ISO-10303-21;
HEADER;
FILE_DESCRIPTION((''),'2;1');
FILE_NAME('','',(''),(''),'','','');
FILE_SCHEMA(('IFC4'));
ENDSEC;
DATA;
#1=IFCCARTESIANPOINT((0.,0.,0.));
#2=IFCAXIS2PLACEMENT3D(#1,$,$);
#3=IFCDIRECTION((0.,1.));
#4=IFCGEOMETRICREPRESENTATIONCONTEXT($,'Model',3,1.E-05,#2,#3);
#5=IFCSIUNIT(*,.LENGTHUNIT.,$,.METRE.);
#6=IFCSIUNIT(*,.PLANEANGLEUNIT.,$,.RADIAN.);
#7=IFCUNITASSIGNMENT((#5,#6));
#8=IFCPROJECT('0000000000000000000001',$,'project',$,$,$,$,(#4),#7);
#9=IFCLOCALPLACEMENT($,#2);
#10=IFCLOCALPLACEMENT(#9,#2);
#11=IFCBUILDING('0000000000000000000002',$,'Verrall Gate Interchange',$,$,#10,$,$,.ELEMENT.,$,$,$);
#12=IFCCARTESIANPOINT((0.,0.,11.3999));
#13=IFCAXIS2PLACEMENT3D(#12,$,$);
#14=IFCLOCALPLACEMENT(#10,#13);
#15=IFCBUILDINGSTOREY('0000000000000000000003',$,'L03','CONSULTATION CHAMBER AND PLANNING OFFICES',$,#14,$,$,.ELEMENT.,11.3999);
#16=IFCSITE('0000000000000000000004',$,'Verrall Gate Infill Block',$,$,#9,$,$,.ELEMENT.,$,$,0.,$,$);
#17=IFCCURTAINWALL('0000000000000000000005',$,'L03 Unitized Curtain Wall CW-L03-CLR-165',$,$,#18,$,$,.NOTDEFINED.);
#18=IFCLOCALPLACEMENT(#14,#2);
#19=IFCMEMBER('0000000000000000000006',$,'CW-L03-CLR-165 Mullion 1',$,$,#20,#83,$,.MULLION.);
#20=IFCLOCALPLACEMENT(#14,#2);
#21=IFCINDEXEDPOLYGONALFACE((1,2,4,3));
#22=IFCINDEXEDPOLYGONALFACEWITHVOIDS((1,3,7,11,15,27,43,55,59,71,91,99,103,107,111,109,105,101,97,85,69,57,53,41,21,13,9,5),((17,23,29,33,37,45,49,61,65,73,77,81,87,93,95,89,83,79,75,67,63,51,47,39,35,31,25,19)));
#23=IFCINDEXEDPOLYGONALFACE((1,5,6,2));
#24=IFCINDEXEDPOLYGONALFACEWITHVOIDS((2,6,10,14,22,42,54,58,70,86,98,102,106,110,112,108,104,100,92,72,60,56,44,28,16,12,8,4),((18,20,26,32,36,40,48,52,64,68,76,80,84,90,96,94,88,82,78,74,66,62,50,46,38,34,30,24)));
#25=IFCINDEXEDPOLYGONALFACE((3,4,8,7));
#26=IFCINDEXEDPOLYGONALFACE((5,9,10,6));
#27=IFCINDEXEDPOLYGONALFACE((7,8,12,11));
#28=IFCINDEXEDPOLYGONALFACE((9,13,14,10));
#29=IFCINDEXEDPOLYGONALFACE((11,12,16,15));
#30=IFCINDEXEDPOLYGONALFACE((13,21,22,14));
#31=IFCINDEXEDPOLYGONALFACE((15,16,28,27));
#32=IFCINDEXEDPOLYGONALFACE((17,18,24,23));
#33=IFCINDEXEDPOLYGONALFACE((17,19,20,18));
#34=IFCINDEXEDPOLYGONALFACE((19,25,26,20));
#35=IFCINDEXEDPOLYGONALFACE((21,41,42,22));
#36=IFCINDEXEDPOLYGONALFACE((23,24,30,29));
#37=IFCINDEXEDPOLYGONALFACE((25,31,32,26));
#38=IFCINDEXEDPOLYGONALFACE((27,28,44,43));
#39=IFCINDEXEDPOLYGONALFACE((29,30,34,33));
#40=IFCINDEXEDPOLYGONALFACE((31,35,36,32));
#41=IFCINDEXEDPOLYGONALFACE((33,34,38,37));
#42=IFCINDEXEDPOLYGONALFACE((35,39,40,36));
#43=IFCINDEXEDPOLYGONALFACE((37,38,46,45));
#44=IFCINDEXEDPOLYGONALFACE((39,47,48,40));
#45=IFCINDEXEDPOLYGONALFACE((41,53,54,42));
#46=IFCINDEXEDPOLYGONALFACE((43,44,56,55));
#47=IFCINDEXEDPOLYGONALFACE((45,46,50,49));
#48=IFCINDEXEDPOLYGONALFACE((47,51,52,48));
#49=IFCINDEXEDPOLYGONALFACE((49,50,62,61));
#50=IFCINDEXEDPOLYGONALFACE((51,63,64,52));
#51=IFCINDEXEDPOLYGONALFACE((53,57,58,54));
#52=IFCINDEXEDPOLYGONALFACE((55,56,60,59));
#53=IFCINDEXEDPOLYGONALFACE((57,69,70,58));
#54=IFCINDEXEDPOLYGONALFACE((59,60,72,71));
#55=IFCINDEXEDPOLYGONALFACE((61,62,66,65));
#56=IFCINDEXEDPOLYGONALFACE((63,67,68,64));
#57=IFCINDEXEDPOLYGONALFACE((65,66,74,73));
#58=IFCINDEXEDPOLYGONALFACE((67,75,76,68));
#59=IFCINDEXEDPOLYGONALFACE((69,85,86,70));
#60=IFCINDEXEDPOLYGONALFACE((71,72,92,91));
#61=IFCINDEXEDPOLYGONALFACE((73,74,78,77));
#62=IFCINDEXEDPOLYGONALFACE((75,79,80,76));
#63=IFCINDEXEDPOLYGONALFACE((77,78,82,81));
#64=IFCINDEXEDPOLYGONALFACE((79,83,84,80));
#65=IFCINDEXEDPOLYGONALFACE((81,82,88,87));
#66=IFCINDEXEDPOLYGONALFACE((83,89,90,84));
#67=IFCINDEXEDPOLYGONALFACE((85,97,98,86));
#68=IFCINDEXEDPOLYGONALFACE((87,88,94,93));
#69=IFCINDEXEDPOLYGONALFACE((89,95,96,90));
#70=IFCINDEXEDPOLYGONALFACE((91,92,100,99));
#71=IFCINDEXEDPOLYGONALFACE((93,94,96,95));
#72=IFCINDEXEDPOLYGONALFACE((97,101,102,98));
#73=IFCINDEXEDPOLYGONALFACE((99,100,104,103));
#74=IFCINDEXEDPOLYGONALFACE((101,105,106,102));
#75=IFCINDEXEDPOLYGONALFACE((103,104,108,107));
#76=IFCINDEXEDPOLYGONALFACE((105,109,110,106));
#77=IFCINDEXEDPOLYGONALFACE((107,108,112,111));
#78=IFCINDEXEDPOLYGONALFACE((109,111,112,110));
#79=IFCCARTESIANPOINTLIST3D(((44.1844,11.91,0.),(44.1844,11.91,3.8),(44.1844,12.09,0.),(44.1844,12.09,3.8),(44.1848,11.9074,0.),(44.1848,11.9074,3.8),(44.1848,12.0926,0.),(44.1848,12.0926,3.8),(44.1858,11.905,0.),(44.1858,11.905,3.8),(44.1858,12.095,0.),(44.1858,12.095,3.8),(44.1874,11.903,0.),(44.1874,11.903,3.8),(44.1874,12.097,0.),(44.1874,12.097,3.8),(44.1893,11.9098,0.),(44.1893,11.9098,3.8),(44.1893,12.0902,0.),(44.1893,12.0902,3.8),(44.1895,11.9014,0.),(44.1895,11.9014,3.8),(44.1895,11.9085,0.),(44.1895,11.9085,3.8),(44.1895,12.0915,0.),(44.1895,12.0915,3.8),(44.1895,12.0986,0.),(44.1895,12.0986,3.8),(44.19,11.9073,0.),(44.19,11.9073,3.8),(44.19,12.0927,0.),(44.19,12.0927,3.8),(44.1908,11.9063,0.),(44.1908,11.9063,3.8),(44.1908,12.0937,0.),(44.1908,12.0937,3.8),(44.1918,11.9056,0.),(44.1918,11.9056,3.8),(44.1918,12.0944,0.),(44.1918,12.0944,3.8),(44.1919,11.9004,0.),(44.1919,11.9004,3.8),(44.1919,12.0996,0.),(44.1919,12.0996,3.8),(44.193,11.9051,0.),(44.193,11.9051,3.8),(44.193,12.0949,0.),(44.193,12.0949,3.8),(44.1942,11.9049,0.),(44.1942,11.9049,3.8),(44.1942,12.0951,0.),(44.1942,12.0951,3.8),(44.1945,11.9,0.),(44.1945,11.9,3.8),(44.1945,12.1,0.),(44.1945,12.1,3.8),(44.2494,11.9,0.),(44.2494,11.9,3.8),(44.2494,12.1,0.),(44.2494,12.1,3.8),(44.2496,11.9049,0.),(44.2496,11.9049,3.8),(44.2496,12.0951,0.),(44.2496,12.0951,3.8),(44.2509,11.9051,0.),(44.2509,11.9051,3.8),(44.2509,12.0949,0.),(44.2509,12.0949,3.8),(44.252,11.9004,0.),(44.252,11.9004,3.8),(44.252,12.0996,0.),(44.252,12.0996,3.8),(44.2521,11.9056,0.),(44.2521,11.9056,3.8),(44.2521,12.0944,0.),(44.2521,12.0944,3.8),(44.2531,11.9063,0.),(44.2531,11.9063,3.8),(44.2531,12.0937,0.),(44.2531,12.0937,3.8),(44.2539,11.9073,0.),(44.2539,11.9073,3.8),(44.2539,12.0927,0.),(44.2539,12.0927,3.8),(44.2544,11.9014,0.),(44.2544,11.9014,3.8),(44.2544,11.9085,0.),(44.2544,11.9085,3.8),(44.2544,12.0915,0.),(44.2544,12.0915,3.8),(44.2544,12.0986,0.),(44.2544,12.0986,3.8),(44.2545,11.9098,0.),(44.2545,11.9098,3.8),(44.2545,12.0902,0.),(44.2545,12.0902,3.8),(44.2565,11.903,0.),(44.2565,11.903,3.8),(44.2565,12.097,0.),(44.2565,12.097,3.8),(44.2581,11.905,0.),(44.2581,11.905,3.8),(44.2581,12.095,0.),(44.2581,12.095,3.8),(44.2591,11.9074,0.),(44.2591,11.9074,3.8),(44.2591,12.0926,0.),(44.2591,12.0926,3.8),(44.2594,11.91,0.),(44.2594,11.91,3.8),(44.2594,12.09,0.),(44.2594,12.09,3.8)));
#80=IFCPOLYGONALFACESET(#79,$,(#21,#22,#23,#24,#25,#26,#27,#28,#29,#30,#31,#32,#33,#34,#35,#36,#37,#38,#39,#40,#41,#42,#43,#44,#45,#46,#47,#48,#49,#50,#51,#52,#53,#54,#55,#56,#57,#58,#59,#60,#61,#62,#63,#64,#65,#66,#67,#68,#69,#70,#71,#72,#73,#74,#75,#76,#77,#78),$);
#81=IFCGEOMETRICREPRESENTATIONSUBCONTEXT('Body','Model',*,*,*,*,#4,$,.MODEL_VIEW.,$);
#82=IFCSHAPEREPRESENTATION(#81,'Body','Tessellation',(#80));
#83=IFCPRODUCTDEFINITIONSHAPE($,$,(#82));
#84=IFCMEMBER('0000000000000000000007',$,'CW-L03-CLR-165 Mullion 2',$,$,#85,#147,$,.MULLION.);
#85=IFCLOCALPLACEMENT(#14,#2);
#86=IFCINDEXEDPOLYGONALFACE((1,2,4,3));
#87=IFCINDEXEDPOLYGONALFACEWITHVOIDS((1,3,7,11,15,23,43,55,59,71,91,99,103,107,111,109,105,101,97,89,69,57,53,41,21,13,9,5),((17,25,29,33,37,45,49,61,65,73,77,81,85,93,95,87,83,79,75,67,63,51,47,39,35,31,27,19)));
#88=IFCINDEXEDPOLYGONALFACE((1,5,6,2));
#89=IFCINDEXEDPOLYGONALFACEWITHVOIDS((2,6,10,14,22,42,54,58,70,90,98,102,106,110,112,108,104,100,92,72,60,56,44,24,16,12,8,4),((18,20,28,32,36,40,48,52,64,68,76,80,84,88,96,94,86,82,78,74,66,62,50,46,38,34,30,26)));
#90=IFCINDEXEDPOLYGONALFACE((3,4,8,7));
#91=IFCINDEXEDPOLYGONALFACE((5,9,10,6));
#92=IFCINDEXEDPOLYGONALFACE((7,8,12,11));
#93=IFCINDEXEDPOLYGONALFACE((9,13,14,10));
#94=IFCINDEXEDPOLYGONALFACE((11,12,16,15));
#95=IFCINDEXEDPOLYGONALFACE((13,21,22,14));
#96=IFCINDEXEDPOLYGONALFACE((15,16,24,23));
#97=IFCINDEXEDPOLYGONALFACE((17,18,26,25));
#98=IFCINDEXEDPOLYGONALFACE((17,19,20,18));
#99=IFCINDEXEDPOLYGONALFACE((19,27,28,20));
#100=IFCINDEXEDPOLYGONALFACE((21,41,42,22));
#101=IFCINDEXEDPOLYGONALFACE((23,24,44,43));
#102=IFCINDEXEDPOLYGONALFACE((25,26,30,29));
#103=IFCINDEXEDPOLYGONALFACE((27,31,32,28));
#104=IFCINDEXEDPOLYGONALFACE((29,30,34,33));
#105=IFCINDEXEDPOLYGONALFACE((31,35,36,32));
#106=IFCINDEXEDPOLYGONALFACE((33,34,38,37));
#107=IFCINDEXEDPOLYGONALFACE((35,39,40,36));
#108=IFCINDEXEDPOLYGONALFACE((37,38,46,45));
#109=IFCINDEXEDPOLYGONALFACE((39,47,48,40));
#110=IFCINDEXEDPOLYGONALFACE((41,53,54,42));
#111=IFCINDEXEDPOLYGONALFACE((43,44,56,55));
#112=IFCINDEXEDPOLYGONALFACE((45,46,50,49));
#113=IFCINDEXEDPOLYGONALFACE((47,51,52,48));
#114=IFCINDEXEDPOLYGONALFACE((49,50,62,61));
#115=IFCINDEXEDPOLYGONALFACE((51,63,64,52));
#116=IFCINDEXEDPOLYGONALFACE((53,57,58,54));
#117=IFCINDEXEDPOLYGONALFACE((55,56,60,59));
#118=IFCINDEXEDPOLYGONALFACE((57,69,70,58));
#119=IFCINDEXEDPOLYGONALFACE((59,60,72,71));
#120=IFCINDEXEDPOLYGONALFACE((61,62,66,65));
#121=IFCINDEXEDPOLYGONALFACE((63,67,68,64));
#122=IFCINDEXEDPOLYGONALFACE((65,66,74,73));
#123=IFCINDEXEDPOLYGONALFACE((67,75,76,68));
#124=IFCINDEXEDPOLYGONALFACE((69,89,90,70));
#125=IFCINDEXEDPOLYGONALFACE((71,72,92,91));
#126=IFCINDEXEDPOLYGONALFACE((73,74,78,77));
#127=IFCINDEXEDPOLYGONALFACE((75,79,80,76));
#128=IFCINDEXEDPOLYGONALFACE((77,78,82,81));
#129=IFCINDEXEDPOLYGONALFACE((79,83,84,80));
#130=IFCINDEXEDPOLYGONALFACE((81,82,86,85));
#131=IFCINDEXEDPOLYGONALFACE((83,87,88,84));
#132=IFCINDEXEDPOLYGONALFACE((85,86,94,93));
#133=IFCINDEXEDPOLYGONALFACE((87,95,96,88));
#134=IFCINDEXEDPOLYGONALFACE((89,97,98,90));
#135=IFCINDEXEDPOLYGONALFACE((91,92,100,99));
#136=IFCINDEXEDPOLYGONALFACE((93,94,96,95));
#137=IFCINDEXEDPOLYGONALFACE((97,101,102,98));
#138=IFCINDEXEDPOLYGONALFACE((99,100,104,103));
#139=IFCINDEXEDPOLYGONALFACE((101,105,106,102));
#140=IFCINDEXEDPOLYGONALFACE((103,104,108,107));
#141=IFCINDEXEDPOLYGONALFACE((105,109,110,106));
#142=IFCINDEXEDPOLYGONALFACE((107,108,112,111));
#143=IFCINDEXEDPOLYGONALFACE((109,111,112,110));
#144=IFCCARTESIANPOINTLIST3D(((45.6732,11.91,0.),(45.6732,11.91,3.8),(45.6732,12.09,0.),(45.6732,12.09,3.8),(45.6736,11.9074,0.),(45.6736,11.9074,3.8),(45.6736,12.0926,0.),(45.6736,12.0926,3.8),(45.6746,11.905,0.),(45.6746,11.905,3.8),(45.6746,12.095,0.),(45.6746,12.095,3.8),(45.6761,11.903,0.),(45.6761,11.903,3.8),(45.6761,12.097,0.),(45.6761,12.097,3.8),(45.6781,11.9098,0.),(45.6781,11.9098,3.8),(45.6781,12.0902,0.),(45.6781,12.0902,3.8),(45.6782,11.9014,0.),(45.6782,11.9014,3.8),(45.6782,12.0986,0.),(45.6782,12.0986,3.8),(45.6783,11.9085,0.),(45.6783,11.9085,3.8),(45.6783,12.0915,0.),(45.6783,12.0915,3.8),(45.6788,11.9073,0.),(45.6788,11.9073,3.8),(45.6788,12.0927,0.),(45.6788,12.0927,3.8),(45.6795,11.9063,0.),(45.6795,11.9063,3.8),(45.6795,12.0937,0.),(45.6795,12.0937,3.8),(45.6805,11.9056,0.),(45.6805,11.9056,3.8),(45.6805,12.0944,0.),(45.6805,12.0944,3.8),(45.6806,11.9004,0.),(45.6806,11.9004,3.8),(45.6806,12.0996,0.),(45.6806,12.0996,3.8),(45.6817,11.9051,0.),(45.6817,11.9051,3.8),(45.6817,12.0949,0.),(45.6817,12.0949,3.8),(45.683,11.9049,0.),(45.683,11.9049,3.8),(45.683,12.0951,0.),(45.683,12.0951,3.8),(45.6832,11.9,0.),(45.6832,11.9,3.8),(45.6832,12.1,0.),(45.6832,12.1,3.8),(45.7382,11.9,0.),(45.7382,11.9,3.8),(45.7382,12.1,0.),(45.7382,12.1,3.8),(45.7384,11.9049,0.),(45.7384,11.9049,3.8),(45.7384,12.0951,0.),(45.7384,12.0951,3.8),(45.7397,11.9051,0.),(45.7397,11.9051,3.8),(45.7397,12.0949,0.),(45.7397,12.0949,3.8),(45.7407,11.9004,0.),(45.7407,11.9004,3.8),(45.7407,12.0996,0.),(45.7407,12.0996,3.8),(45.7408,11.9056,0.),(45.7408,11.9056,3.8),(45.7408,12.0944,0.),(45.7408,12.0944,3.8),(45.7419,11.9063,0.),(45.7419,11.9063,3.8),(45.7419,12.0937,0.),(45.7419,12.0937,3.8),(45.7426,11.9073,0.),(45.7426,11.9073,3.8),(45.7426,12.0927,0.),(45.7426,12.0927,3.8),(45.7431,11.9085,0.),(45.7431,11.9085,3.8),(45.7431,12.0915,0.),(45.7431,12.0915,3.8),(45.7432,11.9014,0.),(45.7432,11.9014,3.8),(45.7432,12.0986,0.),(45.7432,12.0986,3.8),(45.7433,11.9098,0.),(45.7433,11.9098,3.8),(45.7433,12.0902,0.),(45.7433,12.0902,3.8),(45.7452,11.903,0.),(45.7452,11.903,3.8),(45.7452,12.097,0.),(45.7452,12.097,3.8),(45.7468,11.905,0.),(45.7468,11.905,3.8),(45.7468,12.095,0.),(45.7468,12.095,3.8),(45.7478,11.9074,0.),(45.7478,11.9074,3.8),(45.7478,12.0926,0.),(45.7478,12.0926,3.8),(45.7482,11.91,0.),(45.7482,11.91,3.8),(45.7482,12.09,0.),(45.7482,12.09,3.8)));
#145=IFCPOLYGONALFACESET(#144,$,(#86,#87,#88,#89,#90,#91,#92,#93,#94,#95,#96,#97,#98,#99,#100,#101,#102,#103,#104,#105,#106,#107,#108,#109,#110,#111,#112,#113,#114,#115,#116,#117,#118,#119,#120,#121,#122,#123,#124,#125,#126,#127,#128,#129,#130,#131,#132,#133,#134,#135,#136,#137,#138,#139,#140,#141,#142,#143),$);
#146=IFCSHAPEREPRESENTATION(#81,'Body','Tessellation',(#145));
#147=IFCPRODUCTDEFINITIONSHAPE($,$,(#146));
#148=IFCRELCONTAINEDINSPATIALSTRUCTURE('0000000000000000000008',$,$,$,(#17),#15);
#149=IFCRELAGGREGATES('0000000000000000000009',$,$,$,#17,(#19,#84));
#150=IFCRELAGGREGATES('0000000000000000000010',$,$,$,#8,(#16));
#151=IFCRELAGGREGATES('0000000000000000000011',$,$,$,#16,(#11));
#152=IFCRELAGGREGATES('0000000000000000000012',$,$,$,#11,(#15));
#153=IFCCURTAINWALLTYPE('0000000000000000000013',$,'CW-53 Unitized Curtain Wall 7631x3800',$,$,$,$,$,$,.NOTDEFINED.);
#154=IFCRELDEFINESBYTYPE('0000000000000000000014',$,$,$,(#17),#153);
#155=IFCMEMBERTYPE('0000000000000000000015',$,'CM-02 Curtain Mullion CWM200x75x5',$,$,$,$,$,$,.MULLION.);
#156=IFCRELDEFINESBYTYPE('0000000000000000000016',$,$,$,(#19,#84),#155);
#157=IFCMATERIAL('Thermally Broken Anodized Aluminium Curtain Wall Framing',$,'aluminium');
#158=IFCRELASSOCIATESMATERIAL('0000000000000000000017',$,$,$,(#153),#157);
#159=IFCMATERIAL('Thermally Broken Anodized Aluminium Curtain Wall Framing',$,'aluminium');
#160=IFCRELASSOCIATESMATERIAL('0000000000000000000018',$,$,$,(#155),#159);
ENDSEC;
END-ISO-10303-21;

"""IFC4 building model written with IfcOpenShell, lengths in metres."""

from ifc_helpers import new_model, si_unit, direction, frame, origin, origin_2d, place, context, subcontext, project, spatial, hollow_rectangle, extrude, material, material_profile, profile_set, type_object, element, aggregate, save


model = new_model("IFC4")

# Units and contexts
model_context = context("Model", 3, precision=1e-05, world=origin(), true_north=direction((0.0, 1.0)))
body_context = subcontext(model_context, "Body", "Model", "MODEL_VIEW")
ifc_project = project(units=[si_unit("LENGTHUNIT", "METRE"), si_unit("PLANEANGLEUNIT", "RADIAN")], contexts=[model_context])

# Site, building, storey
site_placement = place(None, origin())
site = spatial("IfcSite", under=ifc_project, at=site_placement, Name="Verrall Gate Infill Block", CompositionType="ELEMENT", RefElevation=0.0)
building_placement = place(site_placement, origin())
building = spatial("IfcBuilding", under=site, at=building_placement, Name="Verrall Gate Interchange", CompositionType="ELEMENT")
storey_placement = place(building_placement, frame((0.0, 0.0, 11.3999)))
storey = spatial("IfcBuildingStorey", under=building, at=storey_placement, Name="L03", Description="CONSULTATION CHAMBER AND PLANNING OFFICES", CompositionType="ELEMENT", Elevation=11.3999)

# Curtain wall, members
ifc_material_1 = material(Name="Thermally Broken Anodized Aluminium Curtain Wall Framing", Category="aluminium")
curtain_wall_type = type_object("IfcCurtainWallType", Name="CW-53 Unitized Curtain Wall 7631x3800", PredefinedType="NOTDEFINED", material=ifc_material_1)
curtain_wall_placement = place(storey_placement, origin())
curtain_wall = element("IfcCurtainWall", 1, at=curtain_wall_placement, inside=storey, type_object=curtain_wall_type, Name="L03 Unitized Curtain Wall CW-L03-CLR-165", PredefinedType="NOTDEFINED")
ifc_material_2 = material(Name="Thermally Broken Anodized Aluminium Curtain Wall Framing", Category="aluminium")
ifc_material_profile_1 = material_profile(ifc_material_2, hollow_rectangle(XDim=0.075, YDim=0.2, WallThickness=0.0049, InnerFilletRadius=0.0049, OuterFilletRadius=0.01, at=origin_2d()), Name="CWM200x75x5")
ifc_profile_set_1 = profile_set([ifc_material_profile_1], Name="Thermally Broken Anodized Aluminium Curtain Wall Framing")
member_type_1 = type_object("IfcMemberType", Name="CM-02 Curtain Mullion CWM200x75x5", PredefinedType="MULLION", material=ifc_profile_set_1)
member_1_placement = place(storey_placement, frame((44.2219, 12.0, 0.0), z_axis=(0.0, 0.0, 1.0), x_axis=(1.0, 0.0, 0.0)))
member_1 = element("IfcMember", 2, at=member_1_placement, type_object=member_type_1, Name="CW-L03-CLR-165 Mullion 1", PredefinedType="MULLION", context=body_context, shape_type="SweptSolid", body=[
    extrude(hollow_rectangle(XDim=0.075, YDim=0.2, WallThickness=0.0049, InnerFilletRadius=0.0049, OuterFilletRadius=0.01, at=origin_2d()), origin(), (0.0, 0.0, 1.0), 3.8),
])
member_2_placement = place(storey_placement, frame((45.7107, 12.0, 0.0), z_axis=(0.0, 0.0, 1.0), x_axis=(1.0, 0.0, 0.0)))
member_2 = element("IfcMember", 3, at=member_2_placement, type_object=member_type_1, Name="CW-L03-CLR-165 Mullion 2", PredefinedType="MULLION", context=body_context, shape_type="SweptSolid", body=[
    extrude(hollow_rectangle(XDim=0.075, YDim=0.2, WallThickness=0.0049, InnerFilletRadius=0.0049, OuterFilletRadius=0.01, at=origin_2d()), origin(), (0.0, 0.0, 1.0), 3.8),
])

aggregate(curtain_wall, [member_1, member_2])

save(model, "model.ifc")
